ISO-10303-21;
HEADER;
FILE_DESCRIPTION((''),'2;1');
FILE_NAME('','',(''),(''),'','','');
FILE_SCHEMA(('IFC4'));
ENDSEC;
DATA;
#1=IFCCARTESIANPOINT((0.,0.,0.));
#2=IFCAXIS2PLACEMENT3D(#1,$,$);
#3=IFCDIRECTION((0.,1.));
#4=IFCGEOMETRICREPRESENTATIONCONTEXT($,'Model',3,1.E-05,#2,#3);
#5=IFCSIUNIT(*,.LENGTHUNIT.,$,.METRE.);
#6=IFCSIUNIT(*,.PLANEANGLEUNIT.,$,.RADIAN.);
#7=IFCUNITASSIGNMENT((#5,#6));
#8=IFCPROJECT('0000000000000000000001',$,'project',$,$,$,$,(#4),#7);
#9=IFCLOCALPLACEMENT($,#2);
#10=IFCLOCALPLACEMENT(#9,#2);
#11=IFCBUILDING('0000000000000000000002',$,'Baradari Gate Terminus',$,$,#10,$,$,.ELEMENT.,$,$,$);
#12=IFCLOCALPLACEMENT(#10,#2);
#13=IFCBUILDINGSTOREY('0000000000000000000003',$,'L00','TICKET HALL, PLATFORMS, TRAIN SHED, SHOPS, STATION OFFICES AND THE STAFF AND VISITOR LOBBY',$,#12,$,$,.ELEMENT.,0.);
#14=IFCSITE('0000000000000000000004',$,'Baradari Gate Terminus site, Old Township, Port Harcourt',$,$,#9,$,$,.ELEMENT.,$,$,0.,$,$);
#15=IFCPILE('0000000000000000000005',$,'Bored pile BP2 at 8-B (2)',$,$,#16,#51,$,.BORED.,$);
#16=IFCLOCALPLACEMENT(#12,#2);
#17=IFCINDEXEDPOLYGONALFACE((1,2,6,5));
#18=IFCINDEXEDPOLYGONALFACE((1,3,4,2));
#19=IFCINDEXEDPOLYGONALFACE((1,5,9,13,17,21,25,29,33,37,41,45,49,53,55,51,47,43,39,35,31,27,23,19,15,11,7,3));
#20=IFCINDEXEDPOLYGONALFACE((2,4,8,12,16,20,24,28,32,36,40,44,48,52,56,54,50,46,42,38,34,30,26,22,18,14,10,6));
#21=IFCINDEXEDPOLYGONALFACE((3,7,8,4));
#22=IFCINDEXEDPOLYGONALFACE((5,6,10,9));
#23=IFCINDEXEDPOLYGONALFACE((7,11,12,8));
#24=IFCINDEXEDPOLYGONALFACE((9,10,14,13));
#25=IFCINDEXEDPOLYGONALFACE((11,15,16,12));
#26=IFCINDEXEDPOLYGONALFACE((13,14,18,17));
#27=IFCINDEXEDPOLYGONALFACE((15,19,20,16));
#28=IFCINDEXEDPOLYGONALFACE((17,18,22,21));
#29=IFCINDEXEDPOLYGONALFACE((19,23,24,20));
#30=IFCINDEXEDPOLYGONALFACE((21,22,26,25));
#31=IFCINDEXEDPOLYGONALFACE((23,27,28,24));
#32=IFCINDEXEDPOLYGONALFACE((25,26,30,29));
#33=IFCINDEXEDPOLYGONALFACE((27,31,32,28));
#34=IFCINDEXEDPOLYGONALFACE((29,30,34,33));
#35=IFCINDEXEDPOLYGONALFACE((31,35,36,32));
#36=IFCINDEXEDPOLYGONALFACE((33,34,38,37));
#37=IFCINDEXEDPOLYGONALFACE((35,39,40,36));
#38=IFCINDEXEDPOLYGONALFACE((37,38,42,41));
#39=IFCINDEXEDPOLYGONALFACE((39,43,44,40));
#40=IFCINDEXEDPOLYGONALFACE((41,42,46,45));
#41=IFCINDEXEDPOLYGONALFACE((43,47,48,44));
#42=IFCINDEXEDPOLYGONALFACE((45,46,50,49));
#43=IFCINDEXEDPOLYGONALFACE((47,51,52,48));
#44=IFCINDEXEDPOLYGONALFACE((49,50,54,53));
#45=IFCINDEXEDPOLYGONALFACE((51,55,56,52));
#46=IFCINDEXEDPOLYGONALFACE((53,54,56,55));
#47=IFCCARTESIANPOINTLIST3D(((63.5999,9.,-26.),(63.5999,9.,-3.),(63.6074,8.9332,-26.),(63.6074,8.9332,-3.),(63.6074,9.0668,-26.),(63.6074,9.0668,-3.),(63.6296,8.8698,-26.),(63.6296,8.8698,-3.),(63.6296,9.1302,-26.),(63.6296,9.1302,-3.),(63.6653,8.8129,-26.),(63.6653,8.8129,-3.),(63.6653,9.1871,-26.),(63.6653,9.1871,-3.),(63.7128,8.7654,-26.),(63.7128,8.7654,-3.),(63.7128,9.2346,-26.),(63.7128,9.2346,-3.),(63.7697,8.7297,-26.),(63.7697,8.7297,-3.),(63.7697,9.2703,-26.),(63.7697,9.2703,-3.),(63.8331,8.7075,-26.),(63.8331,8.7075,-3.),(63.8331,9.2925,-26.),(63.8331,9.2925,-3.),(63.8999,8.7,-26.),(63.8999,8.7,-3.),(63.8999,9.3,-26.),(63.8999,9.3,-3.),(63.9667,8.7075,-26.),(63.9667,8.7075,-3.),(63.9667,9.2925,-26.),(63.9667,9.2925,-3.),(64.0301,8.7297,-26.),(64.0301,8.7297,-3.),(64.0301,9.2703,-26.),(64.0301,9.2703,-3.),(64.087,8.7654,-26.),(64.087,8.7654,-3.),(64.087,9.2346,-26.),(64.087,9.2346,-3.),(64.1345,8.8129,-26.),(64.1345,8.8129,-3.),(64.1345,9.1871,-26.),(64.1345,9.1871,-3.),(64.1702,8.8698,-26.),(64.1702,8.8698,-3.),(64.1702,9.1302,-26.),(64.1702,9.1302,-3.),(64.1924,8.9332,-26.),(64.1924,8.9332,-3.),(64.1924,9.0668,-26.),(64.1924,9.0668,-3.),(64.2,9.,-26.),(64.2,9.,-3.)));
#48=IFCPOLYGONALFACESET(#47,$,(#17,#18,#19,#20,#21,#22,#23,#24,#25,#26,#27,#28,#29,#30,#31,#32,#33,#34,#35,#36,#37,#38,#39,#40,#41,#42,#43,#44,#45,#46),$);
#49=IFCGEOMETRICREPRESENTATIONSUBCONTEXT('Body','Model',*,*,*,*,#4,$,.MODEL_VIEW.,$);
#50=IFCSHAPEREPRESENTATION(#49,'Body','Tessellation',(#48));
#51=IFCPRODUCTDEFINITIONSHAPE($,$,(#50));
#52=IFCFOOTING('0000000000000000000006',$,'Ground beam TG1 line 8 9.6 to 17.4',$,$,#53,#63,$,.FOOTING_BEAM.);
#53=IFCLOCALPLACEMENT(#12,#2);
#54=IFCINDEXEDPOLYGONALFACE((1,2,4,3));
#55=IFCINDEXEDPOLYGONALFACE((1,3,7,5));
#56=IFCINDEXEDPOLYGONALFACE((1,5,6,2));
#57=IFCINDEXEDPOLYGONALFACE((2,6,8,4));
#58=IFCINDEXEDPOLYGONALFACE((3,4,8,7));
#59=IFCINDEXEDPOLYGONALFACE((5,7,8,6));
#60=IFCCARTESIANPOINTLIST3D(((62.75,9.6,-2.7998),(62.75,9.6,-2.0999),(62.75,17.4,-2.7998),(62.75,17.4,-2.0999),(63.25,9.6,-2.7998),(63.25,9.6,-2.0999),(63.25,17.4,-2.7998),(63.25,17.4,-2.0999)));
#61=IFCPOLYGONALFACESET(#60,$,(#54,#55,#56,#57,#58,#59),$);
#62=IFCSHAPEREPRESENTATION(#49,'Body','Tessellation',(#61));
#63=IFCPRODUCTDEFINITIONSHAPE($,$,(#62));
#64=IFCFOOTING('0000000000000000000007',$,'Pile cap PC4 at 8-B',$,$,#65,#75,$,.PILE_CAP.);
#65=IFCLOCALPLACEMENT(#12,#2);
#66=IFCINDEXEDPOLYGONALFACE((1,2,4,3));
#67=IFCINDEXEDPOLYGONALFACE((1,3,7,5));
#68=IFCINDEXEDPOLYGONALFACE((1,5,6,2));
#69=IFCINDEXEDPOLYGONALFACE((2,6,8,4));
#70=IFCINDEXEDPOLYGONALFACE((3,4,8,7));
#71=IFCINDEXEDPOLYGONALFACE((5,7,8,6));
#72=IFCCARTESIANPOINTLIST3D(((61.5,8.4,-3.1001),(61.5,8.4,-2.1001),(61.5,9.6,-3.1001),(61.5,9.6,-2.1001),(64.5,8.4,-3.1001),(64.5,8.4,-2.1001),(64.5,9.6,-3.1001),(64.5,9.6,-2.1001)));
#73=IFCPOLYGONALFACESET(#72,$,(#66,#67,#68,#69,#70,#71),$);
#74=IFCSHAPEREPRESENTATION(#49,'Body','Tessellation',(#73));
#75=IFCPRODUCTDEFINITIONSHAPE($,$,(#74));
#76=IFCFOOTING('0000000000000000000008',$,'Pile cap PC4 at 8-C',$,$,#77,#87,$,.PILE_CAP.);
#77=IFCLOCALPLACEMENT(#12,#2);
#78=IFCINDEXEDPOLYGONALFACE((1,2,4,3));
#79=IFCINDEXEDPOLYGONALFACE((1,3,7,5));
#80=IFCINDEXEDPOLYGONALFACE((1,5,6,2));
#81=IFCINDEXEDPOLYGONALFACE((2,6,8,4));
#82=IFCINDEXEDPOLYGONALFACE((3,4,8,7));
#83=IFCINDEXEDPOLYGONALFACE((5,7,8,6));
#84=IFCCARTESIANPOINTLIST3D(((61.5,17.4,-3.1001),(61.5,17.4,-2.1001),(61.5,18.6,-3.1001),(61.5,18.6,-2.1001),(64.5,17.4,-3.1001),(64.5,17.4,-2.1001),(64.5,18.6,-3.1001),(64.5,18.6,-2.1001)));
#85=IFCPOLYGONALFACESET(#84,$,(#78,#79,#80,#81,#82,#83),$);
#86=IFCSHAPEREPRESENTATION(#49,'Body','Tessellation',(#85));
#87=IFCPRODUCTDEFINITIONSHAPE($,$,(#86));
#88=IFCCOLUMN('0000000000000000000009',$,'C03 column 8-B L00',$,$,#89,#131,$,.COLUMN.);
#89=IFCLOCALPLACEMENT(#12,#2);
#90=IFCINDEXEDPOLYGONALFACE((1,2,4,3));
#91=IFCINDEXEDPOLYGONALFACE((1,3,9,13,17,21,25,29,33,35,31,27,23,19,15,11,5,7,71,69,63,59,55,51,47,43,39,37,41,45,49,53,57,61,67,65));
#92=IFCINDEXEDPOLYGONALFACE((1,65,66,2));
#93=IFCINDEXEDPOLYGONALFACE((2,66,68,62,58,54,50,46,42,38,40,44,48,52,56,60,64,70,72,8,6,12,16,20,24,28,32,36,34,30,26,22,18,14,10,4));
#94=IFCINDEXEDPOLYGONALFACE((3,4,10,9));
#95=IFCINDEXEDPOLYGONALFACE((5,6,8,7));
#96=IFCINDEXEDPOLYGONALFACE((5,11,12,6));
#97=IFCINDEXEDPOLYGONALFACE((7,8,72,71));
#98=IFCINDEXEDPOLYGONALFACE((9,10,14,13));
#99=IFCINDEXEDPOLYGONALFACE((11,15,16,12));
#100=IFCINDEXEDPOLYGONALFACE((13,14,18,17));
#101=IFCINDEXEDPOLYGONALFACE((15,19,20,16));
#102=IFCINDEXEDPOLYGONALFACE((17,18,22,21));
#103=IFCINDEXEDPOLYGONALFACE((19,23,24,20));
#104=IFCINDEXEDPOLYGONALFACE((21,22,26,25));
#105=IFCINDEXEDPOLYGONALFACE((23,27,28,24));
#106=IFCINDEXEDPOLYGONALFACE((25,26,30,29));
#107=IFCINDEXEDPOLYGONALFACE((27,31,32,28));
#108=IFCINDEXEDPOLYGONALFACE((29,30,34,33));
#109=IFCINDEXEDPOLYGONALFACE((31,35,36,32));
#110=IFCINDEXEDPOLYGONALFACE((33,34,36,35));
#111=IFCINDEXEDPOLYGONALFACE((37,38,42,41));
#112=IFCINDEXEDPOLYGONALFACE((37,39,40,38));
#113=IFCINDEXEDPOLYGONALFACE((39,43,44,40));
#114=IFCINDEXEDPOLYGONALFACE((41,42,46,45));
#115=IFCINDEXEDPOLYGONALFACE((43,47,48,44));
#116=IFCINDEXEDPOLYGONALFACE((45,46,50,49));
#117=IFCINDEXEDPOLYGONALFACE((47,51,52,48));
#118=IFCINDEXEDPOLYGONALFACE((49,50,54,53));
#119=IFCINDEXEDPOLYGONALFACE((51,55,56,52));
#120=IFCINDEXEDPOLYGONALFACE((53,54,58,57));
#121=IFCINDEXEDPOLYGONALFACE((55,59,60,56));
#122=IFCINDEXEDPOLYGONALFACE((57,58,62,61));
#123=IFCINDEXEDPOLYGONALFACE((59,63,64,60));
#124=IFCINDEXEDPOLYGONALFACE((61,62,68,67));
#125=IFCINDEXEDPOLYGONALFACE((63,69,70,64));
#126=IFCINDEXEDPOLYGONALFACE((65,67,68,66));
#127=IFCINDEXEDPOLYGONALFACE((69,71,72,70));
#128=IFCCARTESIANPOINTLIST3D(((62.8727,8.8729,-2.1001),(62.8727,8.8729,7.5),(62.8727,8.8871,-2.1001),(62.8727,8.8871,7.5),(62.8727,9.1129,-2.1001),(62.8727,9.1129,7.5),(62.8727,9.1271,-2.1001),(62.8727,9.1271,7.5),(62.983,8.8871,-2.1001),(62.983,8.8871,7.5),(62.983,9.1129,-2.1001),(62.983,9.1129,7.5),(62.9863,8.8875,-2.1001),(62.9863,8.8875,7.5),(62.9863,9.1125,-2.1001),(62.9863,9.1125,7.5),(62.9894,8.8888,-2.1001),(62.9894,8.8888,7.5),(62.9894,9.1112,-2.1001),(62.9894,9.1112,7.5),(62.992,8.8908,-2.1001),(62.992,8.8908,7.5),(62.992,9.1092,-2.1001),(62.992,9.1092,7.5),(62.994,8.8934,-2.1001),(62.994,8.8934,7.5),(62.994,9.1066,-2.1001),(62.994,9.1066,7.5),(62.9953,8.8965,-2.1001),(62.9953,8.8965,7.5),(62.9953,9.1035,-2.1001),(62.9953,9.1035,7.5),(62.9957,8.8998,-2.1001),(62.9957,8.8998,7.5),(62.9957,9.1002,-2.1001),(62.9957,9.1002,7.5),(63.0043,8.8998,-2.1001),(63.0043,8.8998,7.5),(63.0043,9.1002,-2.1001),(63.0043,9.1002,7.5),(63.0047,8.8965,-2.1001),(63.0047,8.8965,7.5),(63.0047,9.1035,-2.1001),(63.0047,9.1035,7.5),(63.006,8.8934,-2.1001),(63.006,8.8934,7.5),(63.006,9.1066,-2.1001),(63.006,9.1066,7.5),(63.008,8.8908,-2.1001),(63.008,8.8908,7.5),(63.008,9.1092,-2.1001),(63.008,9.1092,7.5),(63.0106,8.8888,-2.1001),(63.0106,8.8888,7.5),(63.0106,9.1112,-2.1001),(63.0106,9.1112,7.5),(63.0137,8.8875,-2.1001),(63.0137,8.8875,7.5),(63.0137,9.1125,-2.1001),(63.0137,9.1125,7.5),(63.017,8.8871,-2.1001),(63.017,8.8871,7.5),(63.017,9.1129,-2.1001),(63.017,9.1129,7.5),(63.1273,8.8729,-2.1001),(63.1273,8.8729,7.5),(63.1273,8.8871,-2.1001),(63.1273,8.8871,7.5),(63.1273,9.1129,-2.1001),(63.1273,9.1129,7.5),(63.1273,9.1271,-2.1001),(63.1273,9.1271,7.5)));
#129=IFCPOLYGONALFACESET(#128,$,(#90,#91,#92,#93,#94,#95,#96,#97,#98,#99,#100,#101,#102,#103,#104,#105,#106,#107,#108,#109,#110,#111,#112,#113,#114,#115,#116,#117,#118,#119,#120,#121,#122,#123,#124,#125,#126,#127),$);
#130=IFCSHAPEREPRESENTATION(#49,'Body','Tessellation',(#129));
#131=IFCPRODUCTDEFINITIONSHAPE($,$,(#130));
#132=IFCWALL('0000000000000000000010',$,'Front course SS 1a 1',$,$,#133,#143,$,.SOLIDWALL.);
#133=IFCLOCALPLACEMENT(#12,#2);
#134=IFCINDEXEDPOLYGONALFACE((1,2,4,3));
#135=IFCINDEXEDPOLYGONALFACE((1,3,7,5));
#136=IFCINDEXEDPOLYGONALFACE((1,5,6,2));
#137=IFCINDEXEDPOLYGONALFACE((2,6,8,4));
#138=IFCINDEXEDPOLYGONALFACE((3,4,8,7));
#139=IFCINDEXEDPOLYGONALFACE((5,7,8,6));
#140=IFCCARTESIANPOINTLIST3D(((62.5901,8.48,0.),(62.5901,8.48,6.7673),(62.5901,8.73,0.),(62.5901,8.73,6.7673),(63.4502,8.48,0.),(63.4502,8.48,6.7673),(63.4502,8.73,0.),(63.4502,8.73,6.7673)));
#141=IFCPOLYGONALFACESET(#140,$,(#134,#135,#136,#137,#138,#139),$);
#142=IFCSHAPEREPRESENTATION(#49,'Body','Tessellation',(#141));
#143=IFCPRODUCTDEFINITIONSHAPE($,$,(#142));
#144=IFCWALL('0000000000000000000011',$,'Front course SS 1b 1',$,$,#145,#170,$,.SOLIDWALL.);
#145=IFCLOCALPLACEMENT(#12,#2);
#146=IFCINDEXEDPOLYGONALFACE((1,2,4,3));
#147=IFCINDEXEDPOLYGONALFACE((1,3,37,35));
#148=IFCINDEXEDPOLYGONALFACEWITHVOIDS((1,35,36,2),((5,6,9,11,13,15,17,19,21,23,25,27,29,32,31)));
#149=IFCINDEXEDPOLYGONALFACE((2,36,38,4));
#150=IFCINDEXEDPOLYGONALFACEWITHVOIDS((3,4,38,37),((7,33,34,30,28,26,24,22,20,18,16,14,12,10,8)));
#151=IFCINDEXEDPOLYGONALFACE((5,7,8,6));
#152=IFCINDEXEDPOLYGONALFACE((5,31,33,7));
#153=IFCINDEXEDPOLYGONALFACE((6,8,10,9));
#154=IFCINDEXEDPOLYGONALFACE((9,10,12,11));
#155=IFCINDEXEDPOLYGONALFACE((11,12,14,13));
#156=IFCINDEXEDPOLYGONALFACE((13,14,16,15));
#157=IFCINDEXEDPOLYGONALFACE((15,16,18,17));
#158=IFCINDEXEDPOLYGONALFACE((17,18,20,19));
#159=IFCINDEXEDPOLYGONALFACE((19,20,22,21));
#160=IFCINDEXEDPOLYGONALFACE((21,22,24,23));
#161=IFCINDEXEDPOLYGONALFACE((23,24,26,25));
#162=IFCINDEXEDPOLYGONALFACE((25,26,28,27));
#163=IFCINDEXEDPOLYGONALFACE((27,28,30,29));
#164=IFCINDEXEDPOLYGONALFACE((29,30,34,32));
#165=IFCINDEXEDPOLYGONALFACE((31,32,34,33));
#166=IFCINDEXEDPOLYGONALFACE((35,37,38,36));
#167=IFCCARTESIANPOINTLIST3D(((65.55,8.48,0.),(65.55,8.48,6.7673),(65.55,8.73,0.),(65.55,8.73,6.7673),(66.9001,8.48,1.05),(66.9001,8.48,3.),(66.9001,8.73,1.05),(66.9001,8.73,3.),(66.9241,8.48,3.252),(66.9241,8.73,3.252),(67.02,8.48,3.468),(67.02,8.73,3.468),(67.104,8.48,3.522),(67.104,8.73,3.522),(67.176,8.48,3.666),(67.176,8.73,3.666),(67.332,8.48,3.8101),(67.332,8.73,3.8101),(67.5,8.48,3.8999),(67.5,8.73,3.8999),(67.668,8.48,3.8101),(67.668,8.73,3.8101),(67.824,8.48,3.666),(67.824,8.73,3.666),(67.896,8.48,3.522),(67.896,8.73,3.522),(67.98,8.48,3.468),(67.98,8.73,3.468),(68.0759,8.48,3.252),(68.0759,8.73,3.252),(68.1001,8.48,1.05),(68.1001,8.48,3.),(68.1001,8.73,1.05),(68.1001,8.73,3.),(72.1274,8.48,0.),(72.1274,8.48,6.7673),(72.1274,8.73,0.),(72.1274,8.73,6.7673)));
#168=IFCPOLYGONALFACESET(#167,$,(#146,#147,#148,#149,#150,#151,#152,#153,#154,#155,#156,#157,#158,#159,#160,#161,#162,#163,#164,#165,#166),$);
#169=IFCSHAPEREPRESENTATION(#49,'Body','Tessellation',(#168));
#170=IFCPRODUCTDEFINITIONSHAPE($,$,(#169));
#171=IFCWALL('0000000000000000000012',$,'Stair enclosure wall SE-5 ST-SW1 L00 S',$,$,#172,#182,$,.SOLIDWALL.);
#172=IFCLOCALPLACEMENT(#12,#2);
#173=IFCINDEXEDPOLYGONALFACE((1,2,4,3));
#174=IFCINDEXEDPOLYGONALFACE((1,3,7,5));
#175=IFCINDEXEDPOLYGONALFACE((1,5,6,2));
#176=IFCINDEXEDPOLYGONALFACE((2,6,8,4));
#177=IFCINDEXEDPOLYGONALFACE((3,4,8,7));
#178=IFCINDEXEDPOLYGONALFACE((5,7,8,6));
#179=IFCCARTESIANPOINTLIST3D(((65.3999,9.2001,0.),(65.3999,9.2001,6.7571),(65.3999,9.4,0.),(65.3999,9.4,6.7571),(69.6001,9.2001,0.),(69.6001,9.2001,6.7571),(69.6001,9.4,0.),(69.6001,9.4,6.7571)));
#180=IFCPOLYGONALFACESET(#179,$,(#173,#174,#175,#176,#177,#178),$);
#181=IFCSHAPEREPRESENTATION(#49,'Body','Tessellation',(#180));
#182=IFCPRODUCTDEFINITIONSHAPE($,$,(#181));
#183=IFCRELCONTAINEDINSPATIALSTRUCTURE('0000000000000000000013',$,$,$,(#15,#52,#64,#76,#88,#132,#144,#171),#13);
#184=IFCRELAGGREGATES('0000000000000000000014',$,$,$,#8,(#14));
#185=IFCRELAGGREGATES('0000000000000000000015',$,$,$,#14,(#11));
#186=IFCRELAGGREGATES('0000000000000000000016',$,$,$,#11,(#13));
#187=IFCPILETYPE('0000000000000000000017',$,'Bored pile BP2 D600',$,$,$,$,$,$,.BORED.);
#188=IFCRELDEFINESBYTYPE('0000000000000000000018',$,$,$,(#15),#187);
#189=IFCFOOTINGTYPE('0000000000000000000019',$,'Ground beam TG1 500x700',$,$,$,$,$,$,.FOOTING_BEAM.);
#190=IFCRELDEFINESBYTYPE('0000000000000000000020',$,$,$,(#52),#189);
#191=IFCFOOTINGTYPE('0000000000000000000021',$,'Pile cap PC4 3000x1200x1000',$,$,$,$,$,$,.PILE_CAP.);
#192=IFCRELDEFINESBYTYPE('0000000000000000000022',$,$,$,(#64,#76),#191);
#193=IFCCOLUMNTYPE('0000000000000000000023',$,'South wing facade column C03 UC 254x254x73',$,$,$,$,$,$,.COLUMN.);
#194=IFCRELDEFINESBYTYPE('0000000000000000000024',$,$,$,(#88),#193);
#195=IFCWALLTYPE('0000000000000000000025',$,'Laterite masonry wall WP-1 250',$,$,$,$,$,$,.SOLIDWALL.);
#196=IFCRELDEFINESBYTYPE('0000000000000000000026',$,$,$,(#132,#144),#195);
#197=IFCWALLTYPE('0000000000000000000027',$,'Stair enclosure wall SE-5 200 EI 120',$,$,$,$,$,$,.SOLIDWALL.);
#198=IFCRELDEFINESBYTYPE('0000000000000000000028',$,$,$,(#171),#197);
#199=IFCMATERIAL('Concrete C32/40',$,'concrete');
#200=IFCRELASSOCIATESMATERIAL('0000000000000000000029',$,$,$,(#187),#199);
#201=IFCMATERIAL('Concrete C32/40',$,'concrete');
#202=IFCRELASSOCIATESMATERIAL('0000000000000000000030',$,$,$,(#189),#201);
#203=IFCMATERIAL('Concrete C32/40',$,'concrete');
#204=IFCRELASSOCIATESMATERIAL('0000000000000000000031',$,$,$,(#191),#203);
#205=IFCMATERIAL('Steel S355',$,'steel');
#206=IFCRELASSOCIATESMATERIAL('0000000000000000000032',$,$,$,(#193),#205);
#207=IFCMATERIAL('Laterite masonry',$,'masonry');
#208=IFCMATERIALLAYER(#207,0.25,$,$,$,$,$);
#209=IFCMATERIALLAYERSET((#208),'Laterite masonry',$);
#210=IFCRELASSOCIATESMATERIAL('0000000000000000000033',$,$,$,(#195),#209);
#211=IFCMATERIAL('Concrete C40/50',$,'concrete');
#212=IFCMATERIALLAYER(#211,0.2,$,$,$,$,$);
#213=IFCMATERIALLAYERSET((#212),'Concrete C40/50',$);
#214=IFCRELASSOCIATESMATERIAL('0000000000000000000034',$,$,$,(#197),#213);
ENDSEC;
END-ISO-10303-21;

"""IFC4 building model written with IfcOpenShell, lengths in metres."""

from ifc_helpers import new_model, si_unit, direction, frame, frame_2d, origin, origin_2d, place, context, subcontext, project, spatial, polyline, rectangle, circle, i_section, outline, extrude, material, layer, layer_set, material_profile, profile_set, type_object, element, save


model = new_model("IFC4")

# Units and contexts
model_context = context("Model", 3, precision=1e-05, world=origin(), true_north=direction((0.0, 1.0)))
body_context = subcontext(model_context, "Body", "Model", "MODEL_VIEW")
ifc_project = project(units=[si_unit("LENGTHUNIT", "METRE"), si_unit("PLANEANGLEUNIT", "RADIAN")], contexts=[model_context])

# Site, building, storey
site_placement = place(None, origin())
site = spatial("IfcSite", under=ifc_project, at=site_placement, Name="Baradari Gate Terminus site, Old Township, Port Harcourt", CompositionType="ELEMENT", RefElevation=0.0)
building_placement = place(site_placement, origin())
building = spatial("IfcBuilding", under=site, at=building_placement, Name="Baradari Gate Terminus", CompositionType="ELEMENT")
storey_placement = place(building_placement, origin())
storey = spatial("IfcBuildingStorey", under=building, at=storey_placement, Name="L00", Description="TICKET HALL, PLATFORMS, TRAIN SHED, SHOPS, STATION OFFICES AND THE STAFF AND VISITOR LOBBY", CompositionType="ELEMENT", Elevation=0.0)

# Pile
ifc_material_1 = material(Name="Concrete C32/40", Category="concrete")
pile_type = type_object("IfcPileType", Name="Bored pile BP2 D600", PredefinedType="BORED", material=ifc_material_1)
pile_placement = place(storey_placement, frame((63.8999, 9.0, -3.0), z_axis=(0.0, 0.0, -1.0), x_axis=(1.0, 0.0, 0.0)))
element("IfcPile", 1, at=pile_placement, inside=storey, type_object=pile_type, Name="Bored pile BP2 at 8-B (2)", PredefinedType="BORED", context=body_context, shape_type="SweptSolid", body=[
    extrude(circle(Radius=0.3, at=origin_2d()), origin(), (0.0, 0.0, 1.0), 23.0),
])

# Footings
ifc_material_2 = material(Name="Concrete C32/40", Category="concrete")
footing_type_1 = type_object("IfcFootingType", Name="Ground beam TG1 500x700", PredefinedType="FOOTING_BEAM", material=ifc_material_2)
footing_placement = place(storey_placement, frame((63.0, 13.5, -2.7998), z_axis=(0.0, 0.0, 1.0), x_axis=(1.0, 0.0, 0.0)))
element("IfcFooting", 2, at=footing_placement, inside=storey, type_object=footing_type_1, Name="Ground beam TG1 line 8 9.6 to 17.4", PredefinedType="FOOTING_BEAM", context=body_context, shape_type="SweptSolid", body=[
    extrude(rectangle(XDim=0.5, YDim=7.8, at=origin_2d()), origin(), (0.0, 0.0, 1.0), 0.7),
])
ifc_material_3 = material(Name="Concrete C32/40", Category="concrete")
footing_type_2 = type_object("IfcFootingType", Name="Pile cap PC4 3000x1200x1000", PredefinedType="PILE_CAP", material=ifc_material_3)
for number, where, z_axis, x_axis, name in (
    (3, (63.0, 9.0, -3.1001), (0.0, 0.0, 1.0), (1.0, 0.0, 0.0), "Pile cap PC4 at 8-B"),
    (4, (63.0, 18.0, -3.1001), (0.0, 0.0, 1.0), (1.0, 0.0, 0.0), "Pile cap PC4 at 8-C"),
):
    element("IfcFooting", number, at=place(storey_placement, frame(where, z_axis=z_axis, x_axis=x_axis)), inside=storey, type_object=footing_type_2, Name=name, PredefinedType="PILE_CAP", context=body_context, shape_type="SweptSolid", body=[
        extrude(rectangle(XDim=3.0, YDim=1.2, at=origin_2d()), origin(), (0.0, 0.0, 1.0), 1.0),
    ])

# Column
ifc_material_4 = material(Name="Steel S355", Category="steel")
ifc_material_profile = material_profile(ifc_material_4, i_section(OverallWidth=0.2546, OverallDepth=0.2542, WebThickness=0.0085, FlangeThickness=0.0142, FilletRadius=0.0127, at=origin_2d()), Name="UC 254x254x73")
ifc_profile_set = profile_set([ifc_material_profile], Name="Steel S355")
column_type = type_object("IfcColumnType", Name="South wing facade column C03 UC 254x254x73", PredefinedType="COLUMN", material=ifc_profile_set)
column_placement = place(storey_placement, frame((63.0, 9.0, -2.1001), z_axis=(0.0, 0.0, 1.0), x_axis=(1.0, 0.0, 0.0)))
element("IfcColumn", 5, at=column_placement, inside=storey, type_object=column_type, Name="C03 column 8-B L00", PredefinedType="COLUMN", context=body_context, shape_type="SweptSolid", body=[
    extrude(i_section(OverallWidth=0.2546, OverallDepth=0.2542, WebThickness=0.0085, FlangeThickness=0.0142, FilletRadius=0.0127, at=origin_2d()), origin(), (0.0, 0.0, 1.0), 9.6001),
])

# Walls
ifc_material_5 = material(Name="Laterite masonry", Category="masonry")
ifc_layer_1 = layer(ifc_material_5, 0.25)
ifc_layer_set_1 = layer_set([ifc_layer_1], Name="Laterite masonry")
wall_type_1 = type_object("IfcWallType", Name="Laterite masonry wall WP-1 250", PredefinedType="SOLIDWALL", material=ifc_layer_set_1)
wall_1_placement = place(storey_placement, frame((62.5901, 8.605, 0.0), z_axis=(0.0, 0.0, 1.0), x_axis=(1.0, 0.0, 0.0)))
element("IfcWall", 6, at=wall_1_placement, inside=storey, type_object=wall_type_1, Name="Front course SS 1a 1", PredefinedType="SOLIDWALL", context=body_context, shape_type="SweptSolid", body=[
    extrude(outline(polyline([(0.0, 0.0), (0.8601, 0.0), (0.8601, 6.7673), (0.0, 6.7673), (0.0, 0.0)])), frame((0.0, 0.125, 0.0), z_axis=(0.0, -1.0, 0.0), x_axis=(1.0, 0.0, 0.0)), (0.0, 0.0, 1.0), 0.25),
])
wall_2_placement = place(storey_placement, frame((65.55, 8.605, 0.0), z_axis=(0.0, 0.0, 1.0), x_axis=(1.0, 0.0, 0.0)))
element("IfcWall", 7, at=wall_2_placement, inside=storey, type_object=wall_type_1, Name="Front course SS 1b 1", PredefinedType="SOLIDWALL", context=body_context, shape_type="SweptSolid", body=[
    extrude(outline(polyline([(0.0, 0.0), (6.5774, 0.0), (6.5774, 6.7673), (0.0, 6.7673), (0.0, 0.0)]), holes=[polyline([(1.3501, 1.05), (1.3501, 3.0), (1.374, 3.252), (1.47, 3.468), (1.554, 3.522), (1.626, 3.666), (1.782, 3.8101), (1.95, 3.8999), (2.1179, 3.8101), (2.2739, 3.666), (2.3459, 3.522), (2.4299, 3.468), (2.5259, 3.252), (2.55, 3.0), (2.55, 1.05), (1.3501, 1.05)])]), frame((0.0, 0.125, 0.0), z_axis=(0.0, -1.0, 0.0), x_axis=(1.0, 0.0, 0.0)), (0.0, 0.0, 1.0), 0.25),
])

# Wall
ifc_material_6 = material(Name="Concrete C40/50", Category="concrete")
ifc_layer_2 = layer(ifc_material_6, 0.2)
ifc_layer_set_2 = layer_set([ifc_layer_2], Name="Concrete C40/50")
wall_type_2 = type_object("IfcWallType", Name="Stair enclosure wall SE-5 200 EI 120", PredefinedType="SOLIDWALL", material=ifc_layer_set_2)
wall_3_placement = place(storey_placement, frame((65.3999, 9.3, 0.0), z_axis=(0.0, 0.0, 1.0), x_axis=(1.0, 0.0, 0.0)))
element("IfcWall", 8, at=wall_3_placement, inside=storey, type_object=wall_type_2, Name="Stair enclosure wall SE-5 ST-SW1 L00 S", PredefinedType="SOLIDWALL", context=body_context, shape_type="SweptSolid", body=[
    extrude(rectangle(XDim=4.2002, YDim=0.2, at=frame_2d((2.1001, 0.0))), origin(), (0.0, 0.0, 1.0), 6.7571),
])

save(model, "model.ifc")
